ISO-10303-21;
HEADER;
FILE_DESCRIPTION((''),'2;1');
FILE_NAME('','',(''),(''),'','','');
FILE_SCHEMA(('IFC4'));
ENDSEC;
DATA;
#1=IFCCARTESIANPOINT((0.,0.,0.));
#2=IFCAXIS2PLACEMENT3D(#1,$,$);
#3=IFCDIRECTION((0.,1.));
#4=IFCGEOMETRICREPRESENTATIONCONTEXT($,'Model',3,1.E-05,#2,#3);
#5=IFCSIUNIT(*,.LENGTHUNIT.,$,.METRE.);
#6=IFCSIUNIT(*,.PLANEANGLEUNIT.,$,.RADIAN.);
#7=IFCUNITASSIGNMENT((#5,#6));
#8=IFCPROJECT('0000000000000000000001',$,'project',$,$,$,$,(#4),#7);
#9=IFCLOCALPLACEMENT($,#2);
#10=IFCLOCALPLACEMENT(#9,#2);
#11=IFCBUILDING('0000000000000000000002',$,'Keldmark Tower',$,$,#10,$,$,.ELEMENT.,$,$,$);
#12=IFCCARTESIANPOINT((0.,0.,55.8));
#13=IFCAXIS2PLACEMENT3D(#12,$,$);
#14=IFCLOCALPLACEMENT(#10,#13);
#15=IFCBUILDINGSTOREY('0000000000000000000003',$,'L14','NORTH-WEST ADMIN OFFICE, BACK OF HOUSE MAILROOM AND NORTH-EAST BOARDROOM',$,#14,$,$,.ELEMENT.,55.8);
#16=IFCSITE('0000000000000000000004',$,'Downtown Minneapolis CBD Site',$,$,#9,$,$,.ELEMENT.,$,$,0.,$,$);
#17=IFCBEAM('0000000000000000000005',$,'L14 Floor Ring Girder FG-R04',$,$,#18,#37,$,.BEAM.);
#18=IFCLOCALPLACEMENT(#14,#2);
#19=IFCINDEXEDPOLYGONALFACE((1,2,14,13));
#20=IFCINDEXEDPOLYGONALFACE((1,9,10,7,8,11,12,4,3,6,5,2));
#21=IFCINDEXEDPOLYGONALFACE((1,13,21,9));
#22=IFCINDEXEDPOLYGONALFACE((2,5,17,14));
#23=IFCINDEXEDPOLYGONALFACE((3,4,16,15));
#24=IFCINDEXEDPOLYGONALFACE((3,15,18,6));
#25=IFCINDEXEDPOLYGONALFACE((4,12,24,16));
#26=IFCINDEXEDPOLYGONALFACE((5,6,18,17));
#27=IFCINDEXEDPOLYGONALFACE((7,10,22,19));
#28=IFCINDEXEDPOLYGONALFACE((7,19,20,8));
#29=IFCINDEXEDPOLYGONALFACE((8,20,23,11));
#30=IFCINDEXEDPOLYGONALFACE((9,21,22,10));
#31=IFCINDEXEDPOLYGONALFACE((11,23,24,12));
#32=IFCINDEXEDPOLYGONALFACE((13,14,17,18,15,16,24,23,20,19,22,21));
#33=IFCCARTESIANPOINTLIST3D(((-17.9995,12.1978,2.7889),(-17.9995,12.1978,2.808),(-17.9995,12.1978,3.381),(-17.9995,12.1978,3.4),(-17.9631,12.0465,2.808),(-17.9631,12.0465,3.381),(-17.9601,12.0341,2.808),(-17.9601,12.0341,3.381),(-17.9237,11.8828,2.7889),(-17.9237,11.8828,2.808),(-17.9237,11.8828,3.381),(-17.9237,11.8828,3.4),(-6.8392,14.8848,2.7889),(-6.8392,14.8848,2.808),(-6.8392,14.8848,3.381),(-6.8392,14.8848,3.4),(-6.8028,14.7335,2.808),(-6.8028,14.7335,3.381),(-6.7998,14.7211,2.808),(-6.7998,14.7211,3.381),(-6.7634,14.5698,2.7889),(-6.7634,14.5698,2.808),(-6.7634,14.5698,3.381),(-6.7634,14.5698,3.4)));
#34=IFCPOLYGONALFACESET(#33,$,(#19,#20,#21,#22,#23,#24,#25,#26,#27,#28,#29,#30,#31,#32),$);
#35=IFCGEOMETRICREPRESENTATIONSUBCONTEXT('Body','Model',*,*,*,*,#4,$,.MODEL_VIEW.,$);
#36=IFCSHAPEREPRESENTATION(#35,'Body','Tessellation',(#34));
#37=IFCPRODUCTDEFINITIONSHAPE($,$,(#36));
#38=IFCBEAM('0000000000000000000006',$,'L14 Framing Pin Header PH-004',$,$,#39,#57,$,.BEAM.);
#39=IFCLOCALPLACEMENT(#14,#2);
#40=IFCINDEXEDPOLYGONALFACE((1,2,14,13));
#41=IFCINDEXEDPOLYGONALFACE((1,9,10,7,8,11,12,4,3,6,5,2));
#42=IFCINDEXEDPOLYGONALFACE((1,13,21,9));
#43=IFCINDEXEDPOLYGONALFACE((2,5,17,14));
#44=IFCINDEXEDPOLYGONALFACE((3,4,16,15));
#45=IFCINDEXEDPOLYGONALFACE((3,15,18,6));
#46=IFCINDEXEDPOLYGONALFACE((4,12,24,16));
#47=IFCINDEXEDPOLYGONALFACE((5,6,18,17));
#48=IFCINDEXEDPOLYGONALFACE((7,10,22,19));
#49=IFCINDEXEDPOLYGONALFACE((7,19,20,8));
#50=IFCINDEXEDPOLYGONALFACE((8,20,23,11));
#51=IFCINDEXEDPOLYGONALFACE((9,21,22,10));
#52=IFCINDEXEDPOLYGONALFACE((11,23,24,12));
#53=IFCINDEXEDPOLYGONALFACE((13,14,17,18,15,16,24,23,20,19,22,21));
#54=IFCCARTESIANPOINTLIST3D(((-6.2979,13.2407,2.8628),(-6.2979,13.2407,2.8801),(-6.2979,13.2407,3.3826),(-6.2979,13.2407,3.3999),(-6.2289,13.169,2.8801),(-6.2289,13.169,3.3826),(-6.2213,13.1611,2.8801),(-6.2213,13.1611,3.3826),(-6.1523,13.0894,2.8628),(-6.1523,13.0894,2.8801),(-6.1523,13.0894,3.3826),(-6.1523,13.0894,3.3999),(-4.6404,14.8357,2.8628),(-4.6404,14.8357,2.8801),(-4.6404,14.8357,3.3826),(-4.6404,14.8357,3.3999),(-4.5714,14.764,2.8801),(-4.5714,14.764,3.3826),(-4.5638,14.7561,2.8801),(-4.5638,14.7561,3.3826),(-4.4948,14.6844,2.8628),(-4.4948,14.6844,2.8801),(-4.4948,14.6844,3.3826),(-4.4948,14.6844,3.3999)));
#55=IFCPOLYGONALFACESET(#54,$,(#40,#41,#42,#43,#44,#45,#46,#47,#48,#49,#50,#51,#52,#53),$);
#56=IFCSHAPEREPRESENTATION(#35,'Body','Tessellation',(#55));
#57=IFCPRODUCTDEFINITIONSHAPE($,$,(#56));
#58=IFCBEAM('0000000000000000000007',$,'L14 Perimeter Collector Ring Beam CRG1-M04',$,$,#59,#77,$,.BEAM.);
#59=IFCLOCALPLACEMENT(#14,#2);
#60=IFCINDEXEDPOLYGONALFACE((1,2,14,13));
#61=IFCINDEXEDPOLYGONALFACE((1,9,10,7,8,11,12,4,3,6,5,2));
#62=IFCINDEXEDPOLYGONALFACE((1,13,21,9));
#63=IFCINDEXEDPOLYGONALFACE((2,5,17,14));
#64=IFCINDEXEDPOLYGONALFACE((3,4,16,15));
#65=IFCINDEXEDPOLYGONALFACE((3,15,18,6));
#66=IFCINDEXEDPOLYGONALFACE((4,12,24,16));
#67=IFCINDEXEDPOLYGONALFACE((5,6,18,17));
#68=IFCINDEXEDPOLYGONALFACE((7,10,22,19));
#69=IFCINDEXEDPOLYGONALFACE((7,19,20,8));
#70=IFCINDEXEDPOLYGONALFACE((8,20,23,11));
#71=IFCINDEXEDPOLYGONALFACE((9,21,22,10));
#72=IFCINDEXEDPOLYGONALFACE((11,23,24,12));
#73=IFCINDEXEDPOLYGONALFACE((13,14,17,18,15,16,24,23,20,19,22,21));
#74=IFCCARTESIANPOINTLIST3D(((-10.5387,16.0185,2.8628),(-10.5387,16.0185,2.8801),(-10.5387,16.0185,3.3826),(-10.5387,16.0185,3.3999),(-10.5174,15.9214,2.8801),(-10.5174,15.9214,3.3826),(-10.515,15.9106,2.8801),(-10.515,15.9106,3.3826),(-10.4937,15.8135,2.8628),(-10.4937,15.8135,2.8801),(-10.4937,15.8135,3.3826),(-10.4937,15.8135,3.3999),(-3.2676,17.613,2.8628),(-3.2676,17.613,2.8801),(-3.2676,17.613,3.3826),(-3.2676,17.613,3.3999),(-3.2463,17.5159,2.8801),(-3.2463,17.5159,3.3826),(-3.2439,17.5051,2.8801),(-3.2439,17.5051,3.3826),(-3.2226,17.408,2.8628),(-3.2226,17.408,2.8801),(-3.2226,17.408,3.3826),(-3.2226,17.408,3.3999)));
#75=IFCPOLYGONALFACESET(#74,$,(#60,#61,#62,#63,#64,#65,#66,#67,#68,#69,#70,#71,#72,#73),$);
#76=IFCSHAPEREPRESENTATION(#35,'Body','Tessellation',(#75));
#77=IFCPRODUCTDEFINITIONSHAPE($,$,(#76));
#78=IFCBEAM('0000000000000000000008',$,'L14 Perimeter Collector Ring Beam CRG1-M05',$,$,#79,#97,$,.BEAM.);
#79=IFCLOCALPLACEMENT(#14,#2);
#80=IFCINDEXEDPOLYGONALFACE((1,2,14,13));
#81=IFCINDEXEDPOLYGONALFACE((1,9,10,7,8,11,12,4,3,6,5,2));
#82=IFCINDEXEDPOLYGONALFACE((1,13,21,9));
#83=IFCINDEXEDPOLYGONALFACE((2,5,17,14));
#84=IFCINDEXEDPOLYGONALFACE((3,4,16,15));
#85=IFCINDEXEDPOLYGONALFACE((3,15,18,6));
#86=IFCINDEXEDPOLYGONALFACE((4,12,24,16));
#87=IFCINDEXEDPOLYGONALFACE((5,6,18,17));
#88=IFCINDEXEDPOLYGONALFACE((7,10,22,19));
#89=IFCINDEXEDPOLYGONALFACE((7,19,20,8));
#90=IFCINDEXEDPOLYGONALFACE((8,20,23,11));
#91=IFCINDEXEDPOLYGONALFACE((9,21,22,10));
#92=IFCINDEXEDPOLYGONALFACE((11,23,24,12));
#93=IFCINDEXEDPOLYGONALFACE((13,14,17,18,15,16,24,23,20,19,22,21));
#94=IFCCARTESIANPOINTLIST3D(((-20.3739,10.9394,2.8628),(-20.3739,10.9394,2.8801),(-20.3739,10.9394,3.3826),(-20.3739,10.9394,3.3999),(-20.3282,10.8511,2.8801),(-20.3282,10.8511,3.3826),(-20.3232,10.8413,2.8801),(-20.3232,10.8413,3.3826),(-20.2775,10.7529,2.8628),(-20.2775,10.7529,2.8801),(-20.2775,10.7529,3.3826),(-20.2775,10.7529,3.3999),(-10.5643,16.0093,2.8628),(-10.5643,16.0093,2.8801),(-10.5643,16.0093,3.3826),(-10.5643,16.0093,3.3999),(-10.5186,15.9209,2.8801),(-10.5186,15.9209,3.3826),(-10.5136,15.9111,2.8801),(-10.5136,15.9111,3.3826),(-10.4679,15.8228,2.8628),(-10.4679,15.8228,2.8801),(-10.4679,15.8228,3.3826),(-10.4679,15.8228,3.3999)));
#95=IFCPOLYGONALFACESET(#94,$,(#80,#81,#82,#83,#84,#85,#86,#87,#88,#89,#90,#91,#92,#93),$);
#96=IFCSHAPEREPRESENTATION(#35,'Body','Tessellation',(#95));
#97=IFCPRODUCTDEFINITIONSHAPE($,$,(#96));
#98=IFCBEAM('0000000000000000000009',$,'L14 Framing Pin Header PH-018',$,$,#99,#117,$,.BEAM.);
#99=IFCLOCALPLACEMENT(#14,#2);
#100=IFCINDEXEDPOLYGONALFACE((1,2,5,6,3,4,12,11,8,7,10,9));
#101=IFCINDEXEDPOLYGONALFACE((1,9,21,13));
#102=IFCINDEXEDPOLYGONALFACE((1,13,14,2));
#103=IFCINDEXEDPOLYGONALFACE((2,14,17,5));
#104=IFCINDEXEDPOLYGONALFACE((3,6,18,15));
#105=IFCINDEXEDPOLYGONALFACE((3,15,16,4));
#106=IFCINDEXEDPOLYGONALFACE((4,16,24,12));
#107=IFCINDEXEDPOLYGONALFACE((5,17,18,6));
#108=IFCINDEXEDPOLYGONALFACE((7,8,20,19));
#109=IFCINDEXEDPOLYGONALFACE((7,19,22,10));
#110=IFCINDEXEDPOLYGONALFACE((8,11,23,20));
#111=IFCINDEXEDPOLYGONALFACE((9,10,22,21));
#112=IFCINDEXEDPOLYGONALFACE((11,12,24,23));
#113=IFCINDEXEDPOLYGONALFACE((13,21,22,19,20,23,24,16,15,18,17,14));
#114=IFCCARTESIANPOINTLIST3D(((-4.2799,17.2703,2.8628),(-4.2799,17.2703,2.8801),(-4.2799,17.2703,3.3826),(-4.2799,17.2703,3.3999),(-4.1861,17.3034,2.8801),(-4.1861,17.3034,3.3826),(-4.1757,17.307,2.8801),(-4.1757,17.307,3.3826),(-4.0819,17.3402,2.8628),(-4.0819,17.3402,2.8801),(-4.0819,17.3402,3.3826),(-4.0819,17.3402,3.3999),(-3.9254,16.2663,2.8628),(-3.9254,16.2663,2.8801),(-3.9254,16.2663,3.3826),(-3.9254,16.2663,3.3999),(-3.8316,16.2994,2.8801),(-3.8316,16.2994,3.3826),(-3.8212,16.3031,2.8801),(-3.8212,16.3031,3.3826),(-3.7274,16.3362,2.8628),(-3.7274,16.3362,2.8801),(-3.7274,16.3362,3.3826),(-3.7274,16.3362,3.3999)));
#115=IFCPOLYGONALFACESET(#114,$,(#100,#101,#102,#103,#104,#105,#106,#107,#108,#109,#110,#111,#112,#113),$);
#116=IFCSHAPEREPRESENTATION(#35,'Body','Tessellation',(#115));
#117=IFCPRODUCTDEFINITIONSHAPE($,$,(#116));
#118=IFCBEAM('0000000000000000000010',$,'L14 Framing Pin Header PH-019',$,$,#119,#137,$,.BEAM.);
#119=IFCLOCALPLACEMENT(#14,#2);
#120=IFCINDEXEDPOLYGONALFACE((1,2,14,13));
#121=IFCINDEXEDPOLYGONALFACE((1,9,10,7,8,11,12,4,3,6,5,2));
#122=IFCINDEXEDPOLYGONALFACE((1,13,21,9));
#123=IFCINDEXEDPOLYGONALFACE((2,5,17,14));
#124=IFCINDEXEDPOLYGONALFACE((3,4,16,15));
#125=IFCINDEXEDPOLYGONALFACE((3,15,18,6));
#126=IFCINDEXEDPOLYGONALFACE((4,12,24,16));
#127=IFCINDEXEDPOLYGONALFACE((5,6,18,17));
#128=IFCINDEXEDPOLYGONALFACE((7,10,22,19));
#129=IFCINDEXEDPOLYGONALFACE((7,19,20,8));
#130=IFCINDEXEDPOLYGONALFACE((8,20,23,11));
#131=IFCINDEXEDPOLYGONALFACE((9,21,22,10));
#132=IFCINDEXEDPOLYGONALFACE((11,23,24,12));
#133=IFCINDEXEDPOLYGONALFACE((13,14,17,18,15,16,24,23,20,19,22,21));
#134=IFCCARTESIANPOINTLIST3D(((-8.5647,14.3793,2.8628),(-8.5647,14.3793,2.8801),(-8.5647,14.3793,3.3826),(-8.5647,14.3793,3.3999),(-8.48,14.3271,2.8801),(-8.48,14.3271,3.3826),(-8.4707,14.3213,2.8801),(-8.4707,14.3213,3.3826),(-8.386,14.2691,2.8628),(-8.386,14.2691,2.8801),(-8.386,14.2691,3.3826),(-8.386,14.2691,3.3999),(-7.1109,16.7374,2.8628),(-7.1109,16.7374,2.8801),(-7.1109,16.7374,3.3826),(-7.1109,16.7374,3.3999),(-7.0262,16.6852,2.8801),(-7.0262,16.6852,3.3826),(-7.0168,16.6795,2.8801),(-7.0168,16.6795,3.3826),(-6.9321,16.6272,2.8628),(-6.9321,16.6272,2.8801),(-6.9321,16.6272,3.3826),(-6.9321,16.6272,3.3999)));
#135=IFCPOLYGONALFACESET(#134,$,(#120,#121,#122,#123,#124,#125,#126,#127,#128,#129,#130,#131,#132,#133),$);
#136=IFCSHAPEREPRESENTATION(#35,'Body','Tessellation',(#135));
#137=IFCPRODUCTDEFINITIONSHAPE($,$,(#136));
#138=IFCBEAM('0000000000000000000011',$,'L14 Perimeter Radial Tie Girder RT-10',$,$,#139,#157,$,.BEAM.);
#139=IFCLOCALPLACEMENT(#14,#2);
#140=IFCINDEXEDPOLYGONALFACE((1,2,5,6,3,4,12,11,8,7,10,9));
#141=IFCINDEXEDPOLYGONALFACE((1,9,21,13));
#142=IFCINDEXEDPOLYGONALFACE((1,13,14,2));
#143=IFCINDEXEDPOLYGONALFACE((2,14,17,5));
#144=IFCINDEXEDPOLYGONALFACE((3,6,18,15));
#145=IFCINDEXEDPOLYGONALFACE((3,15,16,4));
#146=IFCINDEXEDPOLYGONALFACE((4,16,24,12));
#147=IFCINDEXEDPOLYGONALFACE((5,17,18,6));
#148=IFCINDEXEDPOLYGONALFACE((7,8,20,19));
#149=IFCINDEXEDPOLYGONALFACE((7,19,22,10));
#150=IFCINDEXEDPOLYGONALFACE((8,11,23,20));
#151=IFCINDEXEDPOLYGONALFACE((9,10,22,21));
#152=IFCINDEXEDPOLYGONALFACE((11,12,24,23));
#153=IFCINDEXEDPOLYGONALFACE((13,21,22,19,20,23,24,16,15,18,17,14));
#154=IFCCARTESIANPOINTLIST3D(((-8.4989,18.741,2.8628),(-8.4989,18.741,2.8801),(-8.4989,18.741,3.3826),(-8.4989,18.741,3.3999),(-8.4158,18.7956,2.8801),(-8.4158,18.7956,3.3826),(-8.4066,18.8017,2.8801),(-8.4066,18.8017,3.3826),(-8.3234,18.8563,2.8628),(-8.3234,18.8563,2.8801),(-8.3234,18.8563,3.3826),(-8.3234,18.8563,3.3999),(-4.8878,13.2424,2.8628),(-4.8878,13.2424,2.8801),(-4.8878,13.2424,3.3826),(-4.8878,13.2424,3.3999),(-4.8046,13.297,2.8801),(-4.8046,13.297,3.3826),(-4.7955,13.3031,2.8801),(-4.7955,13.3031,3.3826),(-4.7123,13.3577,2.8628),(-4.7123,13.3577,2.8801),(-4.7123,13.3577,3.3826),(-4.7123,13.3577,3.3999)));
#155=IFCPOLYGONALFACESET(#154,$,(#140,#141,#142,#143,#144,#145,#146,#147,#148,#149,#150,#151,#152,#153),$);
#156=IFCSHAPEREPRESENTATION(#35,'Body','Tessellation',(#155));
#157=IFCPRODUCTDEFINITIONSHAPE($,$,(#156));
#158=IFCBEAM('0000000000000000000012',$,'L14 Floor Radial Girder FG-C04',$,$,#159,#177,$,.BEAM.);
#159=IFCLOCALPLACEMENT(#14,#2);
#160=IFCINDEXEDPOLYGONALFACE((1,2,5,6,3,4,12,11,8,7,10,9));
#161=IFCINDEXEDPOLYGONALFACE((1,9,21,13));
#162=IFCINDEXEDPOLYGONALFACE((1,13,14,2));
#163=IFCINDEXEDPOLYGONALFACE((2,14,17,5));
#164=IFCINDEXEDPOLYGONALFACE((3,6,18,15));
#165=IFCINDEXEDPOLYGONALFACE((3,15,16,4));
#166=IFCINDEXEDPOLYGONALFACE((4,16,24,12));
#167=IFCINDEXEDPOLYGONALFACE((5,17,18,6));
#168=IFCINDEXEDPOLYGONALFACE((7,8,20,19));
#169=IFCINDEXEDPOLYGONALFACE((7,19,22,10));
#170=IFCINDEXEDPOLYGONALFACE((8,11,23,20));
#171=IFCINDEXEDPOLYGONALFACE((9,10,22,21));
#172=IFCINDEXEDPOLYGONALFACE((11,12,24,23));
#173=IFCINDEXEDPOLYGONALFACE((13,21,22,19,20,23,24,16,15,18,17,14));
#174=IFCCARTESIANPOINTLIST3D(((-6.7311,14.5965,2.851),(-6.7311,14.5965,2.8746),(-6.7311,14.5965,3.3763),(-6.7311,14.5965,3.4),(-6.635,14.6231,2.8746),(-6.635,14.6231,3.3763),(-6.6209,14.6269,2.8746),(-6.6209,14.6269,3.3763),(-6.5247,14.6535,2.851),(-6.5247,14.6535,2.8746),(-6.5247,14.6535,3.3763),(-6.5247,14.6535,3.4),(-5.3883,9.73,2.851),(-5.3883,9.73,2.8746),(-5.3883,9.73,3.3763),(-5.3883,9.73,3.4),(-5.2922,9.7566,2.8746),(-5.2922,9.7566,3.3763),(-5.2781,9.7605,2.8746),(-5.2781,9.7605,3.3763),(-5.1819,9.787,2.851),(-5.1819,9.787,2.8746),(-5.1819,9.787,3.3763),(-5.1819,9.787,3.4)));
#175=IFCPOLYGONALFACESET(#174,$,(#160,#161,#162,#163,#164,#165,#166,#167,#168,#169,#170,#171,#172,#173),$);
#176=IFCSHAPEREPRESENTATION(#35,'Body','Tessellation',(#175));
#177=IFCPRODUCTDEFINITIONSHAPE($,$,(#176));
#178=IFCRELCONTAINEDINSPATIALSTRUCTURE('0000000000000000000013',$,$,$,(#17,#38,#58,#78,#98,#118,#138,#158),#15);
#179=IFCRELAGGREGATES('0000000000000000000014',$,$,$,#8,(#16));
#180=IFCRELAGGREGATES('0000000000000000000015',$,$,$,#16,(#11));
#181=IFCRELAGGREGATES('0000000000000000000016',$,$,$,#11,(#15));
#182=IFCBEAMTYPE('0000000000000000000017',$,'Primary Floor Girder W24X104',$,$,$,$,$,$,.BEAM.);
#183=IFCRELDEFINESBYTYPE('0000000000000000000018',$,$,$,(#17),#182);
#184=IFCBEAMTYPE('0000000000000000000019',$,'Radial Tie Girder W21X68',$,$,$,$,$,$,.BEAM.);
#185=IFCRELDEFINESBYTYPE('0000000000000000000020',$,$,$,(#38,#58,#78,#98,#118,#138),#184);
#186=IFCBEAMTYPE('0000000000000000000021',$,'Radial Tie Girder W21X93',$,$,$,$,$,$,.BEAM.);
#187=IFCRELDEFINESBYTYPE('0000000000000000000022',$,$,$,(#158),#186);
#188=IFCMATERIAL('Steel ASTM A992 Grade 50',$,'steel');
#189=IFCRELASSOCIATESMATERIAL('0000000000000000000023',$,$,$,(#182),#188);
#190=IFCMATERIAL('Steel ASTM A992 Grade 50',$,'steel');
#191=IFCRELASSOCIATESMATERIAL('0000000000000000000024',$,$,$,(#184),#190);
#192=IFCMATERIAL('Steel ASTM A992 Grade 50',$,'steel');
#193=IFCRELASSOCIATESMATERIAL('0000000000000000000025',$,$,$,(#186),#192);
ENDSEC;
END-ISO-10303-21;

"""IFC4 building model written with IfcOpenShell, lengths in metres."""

from ifc_helpers import new_model, si_unit, direction, frame, origin, origin_2d, place, context, subcontext, project, spatial, i_section, extrude, material, material_profile, profile_set, type_object, element, save


model = new_model("IFC4")

# Units and contexts
model_context = context("Model", 3, precision=1e-05, world=origin(), true_north=direction((0.0, 1.0)))
body_context = subcontext(model_context, "Body", "Model", "MODEL_VIEW")
ifc_project = project(units=[si_unit("LENGTHUNIT", "METRE"), si_unit("PLANEANGLEUNIT", "RADIAN")], contexts=[model_context])

# Site, building, storey
site_placement = place(None, origin())
site = spatial("IfcSite", under=ifc_project, at=site_placement, Name="Downtown Minneapolis CBD Site", CompositionType="ELEMENT", RefElevation=0.0)
building_placement = place(site_placement, origin())
building = spatial("IfcBuilding", under=site, at=building_placement, Name="Keldmark Tower", CompositionType="ELEMENT")
storey_placement = place(building_placement, frame((0.0, 0.0, 55.8)))
storey = spatial("IfcBuildingStorey", under=building, at=storey_placement, Name="L14", Description="NORTH-WEST ADMIN OFFICE, BACK OF HOUSE MAILROOM AND NORTH-EAST BOARDROOM", CompositionType="ELEMENT", Elevation=55.8)

# Beams
ifc_material_1 = material(Name="Steel ASTM A992 Grade 50", Category="steel")
ifc_material_profile_1 = material_profile(ifc_material_1, i_section(OverallWidth=0.324, OverallDepth=0.6111, WebThickness=0.0127, FlangeThickness=0.019, at=origin_2d()), Name="W24X104")
ifc_profile_set_1 = profile_set([ifc_material_profile_1], Name="Steel ASTM A992 Grade 50")
beam_type_1 = type_object("IfcBeamType", Name="Primary Floor Girder W24X104", PredefinedType="BEAM", material=ifc_profile_set_1)
beam_1_placement = place(storey_placement, frame((-6.8013, 14.7273, 3.0945), z_axis=(-0.972219, -0.234074, 0.0), x_axis=(0.234074, -0.972219, 0.0)))
element("IfcBeam", 1, at=beam_1_placement, inside=storey, type_object=beam_type_1, Name="L14 Floor Ring Girder FG-R04", PredefinedType="BEAM", context=body_context, shape_type="SweptSolid", body=[
    extrude(i_section(OverallWidth=0.324, OverallDepth=0.6111, WebThickness=0.0127, FlangeThickness=0.019, at=origin_2d()), origin(), (0.0, 0.0, 1.0), 11.4792),
])
ifc_material_2 = material(Name="Steel ASTM A992 Grade 50", Category="steel")
ifc_material_profile_2 = material_profile(ifc_material_2, i_section(OverallWidth=0.21, OverallDepth=0.5371, WebThickness=0.011, FlangeThickness=0.0173, at=origin_2d()), Name="W21X68")
ifc_profile_set_2 = profile_set([ifc_material_profile_2], Name="Steel ASTM A992 Grade 50")
beam_type_2 = type_object("IfcBeamType", Name="Radial Tie Girder W21X68", PredefinedType="BEAM", material=ifc_profile_set_2)
beam_2_placement = place(storey_placement, frame((-6.2251, 13.165, 3.1313), z_axis=(0.720562, 0.693391, 0.0), x_axis=(-0.693391, 0.720562, 0.0)))
element("IfcBeam", 2, at=beam_2_placement, inside=storey, type_object=beam_type_2, Name="L14 Framing Pin Header PH-004", PredefinedType="BEAM", context=body_context, shape_type="SweptSolid", body=[
    extrude(i_section(OverallWidth=0.21, OverallDepth=0.5371, WebThickness=0.011, FlangeThickness=0.0173, at=origin_2d()), origin(), (0.0, 0.0, 1.0), 2.3003),
])
beam_3_placement = place(storey_placement, frame((-3.2451, 17.5105, 3.1313), z_axis=(-0.976789, -0.214204, 0.0), x_axis=(0.214204, -0.976789, 0.0)))
element("IfcBeam", 3, at=beam_3_placement, inside=storey, type_object=beam_type_2, Name="L14 Perimeter Collector Ring Beam CRG1-M04", PredefinedType="BEAM", context=body_context, shape_type="SweptSolid", body=[
    extrude(i_section(OverallWidth=0.21, OverallDepth=0.5371, WebThickness=0.011, FlangeThickness=0.0173, at=origin_2d()), origin(), (0.0, 0.0, 1.0), 7.4438),
])
beam_4_placement = place(storey_placement, frame((-10.5161, 15.916, 3.1313), z_axis=(-0.888369, -0.459131, 0.0), x_axis=(0.459131, -0.888369, 0.0)))
element("IfcBeam", 4, at=beam_4_placement, inside=storey, type_object=beam_type_2, Name="L14 Perimeter Collector Ring Beam CRG1-M05", PredefinedType="BEAM", context=body_context, shape_type="SweptSolid", body=[
    extrude(i_section(OverallWidth=0.21, OverallDepth=0.5371, WebThickness=0.011, FlangeThickness=0.0173, at=origin_2d()), origin(), (0.0, 0.0, 1.0), 11.0422),
])
beam_5_placement = place(storey_placement, frame((-3.8264, 16.3013, 3.1313), z_axis=(-0.332964, 0.94294, 0.0), x_axis=(-0.94294, -0.332964, 0.0)))
element("IfcBeam", 5, at=beam_5_placement, inside=storey, type_object=beam_type_2, Name="L14 Framing Pin Header PH-018", PredefinedType="BEAM", context=body_context, shape_type="SweptSolid", body=[
    extrude(i_section(OverallWidth=0.21, OverallDepth=0.5371, WebThickness=0.011, FlangeThickness=0.0173, at=origin_2d()), origin(), (0.0, 0.0, 1.0), 1.0647),
])
beam_6_placement = place(storey_placement, frame((-8.4753, 14.3242, 3.1313), z_axis=(0.5248, 0.851225, 0.0), x_axis=(-0.851225, 0.5248, 0.0)))
element("IfcBeam", 6, at=beam_6_placement, inside=storey, type_object=beam_type_2, Name="L14 Framing Pin Header PH-019", PredefinedType="BEAM", context=body_context, shape_type="SweptSolid", body=[
    extrude(i_section(OverallWidth=0.21, OverallDepth=0.5371, WebThickness=0.011, FlangeThickness=0.0173, at=origin_2d()), origin(), (0.0, 0.0, 1.0), 2.7703),
])
beam_7_placement = place(storey_placement, frame((-4.8, 13.3, 3.1313), z_axis=(-0.54894, 0.835862, 0.0), x_axis=(-0.835862, -0.54894, 0.0)))
element("IfcBeam", 7, at=beam_7_placement, inside=storey, type_object=beam_type_2, Name="L14 Perimeter Radial Tie Girder RT-10", PredefinedType="BEAM", context=body_context, shape_type="SweptSolid", body=[
    extrude(i_section(OverallWidth=0.21, OverallDepth=0.5371, WebThickness=0.011, FlangeThickness=0.0173, at=origin_2d()), origin(), (0.0, 0.0, 1.0), 6.5784),
])
ifc_material_3 = material(Name="Steel ASTM A992 Grade 50", Category="steel")
ifc_material_profile_3 = material_profile(ifc_material_3, i_section(OverallWidth=0.2141, OverallDepth=0.5491, WebThickness=0.0146, FlangeThickness=0.0237, at=origin_2d()), Name="W21X93")
ifc_profile_set_3 = profile_set([ifc_material_profile_3], Name="Steel ASTM A992 Grade 50")
beam_type_3 = type_object("IfcBeamType", Name="Radial Tie Girder W21X93", PredefinedType="BEAM", material=ifc_profile_set_3)
beam_8_placement = place(storey_placement, frame((-6.6279, 14.625, 3.1255), z_axis=(0.265985, -0.963977, 0.0), x_axis=(0.963977, 0.265985, 0.0)))
element("IfcBeam", 8, at=beam_8_placement, inside=storey, type_object=beam_type_3, Name="L14 Floor Radial Girder FG-C04", PredefinedType="BEAM", context=body_context, shape_type="SweptSolid", body=[
    extrude(i_section(OverallWidth=0.2141, OverallDepth=0.5491, WebThickness=0.0146, FlangeThickness=0.0237, at=origin_2d()), origin(), (0.0, 0.0, 1.0), 5.0483),
])

save(model, "model.ifc")
